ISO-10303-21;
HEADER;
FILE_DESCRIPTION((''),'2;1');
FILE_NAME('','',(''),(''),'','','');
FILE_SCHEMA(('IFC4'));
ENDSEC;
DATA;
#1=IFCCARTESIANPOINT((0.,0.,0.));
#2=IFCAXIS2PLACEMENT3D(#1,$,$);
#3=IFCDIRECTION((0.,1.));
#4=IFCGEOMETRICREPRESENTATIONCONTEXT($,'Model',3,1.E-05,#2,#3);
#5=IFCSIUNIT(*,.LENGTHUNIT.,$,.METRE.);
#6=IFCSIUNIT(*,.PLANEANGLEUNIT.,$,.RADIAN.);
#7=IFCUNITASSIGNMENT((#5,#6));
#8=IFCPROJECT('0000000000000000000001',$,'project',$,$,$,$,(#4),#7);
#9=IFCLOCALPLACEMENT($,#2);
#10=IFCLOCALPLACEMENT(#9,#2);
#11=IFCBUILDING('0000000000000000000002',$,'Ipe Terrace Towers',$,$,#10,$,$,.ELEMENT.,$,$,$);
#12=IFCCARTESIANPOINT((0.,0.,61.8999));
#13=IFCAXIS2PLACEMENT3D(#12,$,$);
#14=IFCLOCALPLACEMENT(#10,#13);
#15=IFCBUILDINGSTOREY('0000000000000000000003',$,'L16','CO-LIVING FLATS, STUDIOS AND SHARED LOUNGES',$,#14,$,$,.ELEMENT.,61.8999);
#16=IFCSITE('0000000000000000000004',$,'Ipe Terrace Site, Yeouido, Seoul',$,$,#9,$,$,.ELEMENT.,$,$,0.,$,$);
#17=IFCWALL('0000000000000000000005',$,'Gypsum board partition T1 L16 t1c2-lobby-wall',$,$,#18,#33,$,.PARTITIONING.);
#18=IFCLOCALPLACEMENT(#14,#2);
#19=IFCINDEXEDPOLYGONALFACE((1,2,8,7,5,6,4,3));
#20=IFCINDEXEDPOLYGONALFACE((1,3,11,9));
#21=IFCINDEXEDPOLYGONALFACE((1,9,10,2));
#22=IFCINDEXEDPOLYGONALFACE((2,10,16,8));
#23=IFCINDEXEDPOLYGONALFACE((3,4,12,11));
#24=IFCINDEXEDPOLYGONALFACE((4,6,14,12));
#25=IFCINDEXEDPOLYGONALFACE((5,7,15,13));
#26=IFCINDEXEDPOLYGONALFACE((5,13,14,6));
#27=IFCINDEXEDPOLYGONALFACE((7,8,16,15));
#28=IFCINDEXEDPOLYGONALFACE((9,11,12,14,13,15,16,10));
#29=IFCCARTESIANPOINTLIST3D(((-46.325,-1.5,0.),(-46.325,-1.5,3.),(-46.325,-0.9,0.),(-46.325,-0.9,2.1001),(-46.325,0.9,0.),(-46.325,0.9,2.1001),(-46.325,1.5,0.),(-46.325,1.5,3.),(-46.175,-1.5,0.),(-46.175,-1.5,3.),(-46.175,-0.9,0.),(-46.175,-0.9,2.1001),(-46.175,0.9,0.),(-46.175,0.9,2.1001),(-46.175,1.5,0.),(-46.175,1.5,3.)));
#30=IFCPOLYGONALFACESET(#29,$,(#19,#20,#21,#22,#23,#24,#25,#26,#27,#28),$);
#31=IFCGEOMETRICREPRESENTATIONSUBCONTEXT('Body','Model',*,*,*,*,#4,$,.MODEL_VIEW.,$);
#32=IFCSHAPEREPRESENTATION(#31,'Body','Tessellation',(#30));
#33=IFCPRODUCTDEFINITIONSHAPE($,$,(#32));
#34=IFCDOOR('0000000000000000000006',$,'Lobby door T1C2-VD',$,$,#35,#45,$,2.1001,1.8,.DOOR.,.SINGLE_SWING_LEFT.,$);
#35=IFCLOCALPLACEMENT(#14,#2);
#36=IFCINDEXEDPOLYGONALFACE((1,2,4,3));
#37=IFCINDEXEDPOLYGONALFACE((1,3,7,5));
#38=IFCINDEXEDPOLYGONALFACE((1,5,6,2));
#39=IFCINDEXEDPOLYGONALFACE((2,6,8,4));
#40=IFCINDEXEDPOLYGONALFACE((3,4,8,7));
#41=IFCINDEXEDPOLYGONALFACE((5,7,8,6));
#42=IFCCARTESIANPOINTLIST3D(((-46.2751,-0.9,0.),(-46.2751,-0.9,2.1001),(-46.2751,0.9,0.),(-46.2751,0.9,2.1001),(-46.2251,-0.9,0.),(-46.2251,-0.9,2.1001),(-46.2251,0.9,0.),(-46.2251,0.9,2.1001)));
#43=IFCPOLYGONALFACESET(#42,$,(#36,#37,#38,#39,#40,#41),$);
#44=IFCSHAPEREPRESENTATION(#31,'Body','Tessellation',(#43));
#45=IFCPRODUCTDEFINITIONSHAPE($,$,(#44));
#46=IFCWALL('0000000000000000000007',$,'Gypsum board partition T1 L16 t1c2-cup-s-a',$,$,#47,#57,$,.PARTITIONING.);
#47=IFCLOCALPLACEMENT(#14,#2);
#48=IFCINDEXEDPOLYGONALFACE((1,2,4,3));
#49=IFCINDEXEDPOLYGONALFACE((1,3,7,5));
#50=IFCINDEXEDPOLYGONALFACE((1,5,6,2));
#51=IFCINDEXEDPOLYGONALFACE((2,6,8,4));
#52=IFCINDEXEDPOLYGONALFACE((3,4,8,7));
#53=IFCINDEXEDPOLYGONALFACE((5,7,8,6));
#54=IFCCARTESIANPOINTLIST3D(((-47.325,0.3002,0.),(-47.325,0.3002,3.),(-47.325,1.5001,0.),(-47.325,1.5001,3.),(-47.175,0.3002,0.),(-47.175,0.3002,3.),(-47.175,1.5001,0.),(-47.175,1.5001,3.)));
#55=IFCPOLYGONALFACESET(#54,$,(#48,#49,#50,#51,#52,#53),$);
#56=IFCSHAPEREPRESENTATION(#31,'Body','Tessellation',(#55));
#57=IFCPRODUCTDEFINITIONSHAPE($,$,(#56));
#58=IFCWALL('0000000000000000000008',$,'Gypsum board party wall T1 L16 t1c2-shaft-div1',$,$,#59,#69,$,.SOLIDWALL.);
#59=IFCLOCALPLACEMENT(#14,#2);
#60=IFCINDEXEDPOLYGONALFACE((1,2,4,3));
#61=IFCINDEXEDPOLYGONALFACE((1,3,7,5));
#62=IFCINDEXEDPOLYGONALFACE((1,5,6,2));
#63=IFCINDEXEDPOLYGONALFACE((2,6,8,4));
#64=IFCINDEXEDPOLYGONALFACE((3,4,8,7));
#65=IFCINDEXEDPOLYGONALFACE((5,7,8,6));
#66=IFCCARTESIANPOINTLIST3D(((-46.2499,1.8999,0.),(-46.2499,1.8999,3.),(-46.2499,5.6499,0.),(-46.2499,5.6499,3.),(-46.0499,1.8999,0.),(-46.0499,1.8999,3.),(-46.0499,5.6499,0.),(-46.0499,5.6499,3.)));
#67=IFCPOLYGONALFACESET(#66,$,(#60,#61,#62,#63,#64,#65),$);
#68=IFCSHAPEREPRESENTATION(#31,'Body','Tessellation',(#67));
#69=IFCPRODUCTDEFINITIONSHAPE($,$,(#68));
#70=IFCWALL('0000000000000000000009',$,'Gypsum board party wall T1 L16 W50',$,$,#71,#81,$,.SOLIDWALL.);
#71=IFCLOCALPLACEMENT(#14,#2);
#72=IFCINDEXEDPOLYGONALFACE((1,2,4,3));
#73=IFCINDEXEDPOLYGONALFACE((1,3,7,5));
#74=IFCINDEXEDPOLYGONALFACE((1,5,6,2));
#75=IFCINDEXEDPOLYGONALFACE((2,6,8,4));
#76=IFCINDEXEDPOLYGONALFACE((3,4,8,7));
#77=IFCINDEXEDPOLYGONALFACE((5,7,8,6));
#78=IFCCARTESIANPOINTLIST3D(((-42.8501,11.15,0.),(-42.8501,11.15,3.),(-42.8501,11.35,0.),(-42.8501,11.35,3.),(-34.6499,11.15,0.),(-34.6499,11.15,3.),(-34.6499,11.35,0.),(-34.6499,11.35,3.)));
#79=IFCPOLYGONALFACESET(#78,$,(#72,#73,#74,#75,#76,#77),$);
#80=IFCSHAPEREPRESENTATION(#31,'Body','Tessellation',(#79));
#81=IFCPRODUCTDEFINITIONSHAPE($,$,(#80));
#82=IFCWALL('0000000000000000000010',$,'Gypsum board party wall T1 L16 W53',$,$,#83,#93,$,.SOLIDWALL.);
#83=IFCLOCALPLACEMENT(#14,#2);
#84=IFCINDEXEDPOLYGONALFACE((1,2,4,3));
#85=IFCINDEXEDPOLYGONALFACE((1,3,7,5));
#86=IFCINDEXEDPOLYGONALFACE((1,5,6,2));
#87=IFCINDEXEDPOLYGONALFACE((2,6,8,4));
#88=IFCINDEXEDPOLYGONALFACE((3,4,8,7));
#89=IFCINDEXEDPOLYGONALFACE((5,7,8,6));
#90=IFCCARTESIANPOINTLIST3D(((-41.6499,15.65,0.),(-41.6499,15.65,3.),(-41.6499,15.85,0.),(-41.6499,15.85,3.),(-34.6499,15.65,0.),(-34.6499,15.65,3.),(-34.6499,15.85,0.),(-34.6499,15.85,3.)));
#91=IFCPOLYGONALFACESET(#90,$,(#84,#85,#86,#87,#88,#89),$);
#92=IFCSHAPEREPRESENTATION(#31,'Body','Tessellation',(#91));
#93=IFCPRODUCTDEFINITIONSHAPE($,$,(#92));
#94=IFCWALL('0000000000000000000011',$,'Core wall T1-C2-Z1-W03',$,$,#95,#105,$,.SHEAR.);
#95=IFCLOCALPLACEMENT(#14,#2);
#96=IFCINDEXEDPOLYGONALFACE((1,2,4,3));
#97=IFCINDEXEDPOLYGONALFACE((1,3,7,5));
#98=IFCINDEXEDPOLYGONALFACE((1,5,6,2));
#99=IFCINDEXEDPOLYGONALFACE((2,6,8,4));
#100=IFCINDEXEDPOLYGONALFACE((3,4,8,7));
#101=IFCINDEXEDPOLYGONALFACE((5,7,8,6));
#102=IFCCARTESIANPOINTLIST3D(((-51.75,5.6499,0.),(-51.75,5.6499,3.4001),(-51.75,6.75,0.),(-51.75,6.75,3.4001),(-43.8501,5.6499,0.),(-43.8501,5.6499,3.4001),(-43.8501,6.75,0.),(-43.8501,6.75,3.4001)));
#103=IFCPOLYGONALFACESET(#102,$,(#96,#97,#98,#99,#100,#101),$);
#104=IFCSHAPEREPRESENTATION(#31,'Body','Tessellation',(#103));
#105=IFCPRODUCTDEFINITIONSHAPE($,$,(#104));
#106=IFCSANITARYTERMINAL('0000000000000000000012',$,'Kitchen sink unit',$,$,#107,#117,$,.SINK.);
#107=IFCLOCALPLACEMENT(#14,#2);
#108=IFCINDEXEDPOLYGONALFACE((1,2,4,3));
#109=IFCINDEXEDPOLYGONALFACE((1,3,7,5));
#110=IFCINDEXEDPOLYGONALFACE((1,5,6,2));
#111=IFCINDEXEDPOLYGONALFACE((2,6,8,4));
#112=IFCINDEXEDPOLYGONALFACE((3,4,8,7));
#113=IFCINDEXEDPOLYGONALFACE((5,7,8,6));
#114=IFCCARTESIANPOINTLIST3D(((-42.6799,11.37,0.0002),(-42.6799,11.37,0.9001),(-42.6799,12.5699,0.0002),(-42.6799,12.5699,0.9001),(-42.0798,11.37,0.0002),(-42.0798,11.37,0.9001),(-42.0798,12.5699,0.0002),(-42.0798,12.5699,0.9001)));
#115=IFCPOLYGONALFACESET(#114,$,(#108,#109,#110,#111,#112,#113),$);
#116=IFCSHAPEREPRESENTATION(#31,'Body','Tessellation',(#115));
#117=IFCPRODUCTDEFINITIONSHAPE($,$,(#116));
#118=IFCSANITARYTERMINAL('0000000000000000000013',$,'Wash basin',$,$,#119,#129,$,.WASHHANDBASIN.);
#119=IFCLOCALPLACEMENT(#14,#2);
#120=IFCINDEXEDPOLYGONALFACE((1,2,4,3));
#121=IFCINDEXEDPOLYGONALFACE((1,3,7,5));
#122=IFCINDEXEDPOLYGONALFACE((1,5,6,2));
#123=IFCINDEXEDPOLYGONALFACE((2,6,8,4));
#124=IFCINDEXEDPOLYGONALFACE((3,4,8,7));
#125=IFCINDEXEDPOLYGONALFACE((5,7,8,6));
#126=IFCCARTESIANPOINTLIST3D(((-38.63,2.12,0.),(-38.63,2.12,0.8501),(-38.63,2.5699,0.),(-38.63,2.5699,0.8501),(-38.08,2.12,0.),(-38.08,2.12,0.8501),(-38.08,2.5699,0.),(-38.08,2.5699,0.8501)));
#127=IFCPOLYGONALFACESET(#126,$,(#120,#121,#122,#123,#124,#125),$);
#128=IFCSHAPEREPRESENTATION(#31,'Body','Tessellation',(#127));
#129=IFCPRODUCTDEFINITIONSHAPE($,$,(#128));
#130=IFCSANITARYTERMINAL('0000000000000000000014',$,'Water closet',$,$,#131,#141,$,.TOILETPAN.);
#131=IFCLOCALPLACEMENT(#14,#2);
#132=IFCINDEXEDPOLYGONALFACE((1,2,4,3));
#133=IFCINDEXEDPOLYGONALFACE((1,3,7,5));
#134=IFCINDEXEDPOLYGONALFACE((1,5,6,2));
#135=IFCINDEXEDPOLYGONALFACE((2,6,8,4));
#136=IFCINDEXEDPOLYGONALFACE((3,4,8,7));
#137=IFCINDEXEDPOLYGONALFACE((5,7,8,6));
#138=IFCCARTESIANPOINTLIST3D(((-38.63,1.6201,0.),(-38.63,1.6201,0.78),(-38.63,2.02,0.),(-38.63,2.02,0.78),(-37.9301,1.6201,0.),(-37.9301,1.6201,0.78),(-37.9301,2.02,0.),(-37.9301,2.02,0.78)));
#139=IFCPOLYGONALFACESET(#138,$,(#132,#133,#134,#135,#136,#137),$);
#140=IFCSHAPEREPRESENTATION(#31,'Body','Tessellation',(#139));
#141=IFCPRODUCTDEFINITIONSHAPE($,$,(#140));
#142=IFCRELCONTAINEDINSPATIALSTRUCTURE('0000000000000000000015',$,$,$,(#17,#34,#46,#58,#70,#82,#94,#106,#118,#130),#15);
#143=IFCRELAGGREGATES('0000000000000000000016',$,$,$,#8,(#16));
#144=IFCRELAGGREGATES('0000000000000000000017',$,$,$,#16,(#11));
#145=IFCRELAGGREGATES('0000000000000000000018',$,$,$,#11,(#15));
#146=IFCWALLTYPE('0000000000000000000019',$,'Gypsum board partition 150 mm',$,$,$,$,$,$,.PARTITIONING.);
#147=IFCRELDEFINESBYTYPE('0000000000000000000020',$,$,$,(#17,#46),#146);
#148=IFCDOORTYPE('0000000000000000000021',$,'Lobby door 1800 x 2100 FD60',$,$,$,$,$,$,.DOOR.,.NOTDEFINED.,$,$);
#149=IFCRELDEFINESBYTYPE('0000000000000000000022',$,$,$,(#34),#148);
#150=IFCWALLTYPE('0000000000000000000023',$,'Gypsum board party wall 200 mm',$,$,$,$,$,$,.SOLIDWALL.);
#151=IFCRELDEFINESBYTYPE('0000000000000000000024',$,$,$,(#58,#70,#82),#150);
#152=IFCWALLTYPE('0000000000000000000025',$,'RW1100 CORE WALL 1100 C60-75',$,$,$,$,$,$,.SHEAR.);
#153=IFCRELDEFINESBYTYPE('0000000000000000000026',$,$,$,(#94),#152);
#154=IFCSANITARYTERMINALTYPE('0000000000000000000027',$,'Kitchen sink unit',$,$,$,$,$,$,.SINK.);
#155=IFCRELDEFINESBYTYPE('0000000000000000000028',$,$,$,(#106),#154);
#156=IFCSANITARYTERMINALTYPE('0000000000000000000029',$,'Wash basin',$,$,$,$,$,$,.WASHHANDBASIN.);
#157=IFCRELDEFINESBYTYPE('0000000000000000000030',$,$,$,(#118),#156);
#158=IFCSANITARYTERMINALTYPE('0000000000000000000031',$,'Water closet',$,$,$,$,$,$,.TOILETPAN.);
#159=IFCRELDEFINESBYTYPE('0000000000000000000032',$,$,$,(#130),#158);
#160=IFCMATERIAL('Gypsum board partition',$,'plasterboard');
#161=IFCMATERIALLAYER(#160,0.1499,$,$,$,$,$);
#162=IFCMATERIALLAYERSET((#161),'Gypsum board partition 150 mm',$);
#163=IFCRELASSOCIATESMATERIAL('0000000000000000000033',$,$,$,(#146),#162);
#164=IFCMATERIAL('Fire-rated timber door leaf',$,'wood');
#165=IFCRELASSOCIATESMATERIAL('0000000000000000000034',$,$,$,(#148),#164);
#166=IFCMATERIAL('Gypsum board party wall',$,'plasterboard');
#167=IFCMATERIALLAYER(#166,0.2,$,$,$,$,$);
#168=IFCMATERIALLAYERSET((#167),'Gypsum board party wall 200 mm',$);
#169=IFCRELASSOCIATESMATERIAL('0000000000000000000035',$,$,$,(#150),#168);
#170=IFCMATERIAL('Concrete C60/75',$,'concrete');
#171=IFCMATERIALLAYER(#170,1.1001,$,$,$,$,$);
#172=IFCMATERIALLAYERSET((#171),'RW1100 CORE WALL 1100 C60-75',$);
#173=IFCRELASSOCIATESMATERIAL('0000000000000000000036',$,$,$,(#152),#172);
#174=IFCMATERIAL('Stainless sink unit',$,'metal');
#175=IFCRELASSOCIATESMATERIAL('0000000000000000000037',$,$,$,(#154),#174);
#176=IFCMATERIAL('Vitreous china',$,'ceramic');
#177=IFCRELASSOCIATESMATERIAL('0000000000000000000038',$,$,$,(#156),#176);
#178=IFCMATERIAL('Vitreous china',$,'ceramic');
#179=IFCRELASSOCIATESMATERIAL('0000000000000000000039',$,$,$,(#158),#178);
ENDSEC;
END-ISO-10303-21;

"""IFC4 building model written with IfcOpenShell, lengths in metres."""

from ifc_helpers import new_model, si_unit, direction, frame, frame_2d, origin, origin_2d, place, context, subcontext, project, spatial, rectangle, extrude, material, layer, layer_set, type_object, element, fill, save


model = new_model("IFC4")

# Units and contexts
model_context = context("Model", 3, precision=1e-05, world=origin(), true_north=direction((0.0, 1.0)))
body_context = subcontext(model_context, "Body", "Model", "MODEL_VIEW")
ifc_project = project(units=[si_unit("LENGTHUNIT", "METRE"), si_unit("PLANEANGLEUNIT", "RADIAN")], contexts=[model_context])

# Site, building, storey
site_placement = place(None, origin())
site = spatial("IfcSite", under=ifc_project, at=site_placement, Name="Ipe Terrace Site, Yeouido, Seoul", CompositionType="ELEMENT", RefElevation=0.0)
building_placement = place(site_placement, origin())
building = spatial("IfcBuilding", under=site, at=building_placement, Name="Ipe Terrace Towers", CompositionType="ELEMENT")
storey_placement = place(building_placement, frame((0.0, 0.0, 61.8999)))
storey = spatial("IfcBuildingStorey", under=building, at=storey_placement, Name="L16", Description="CO-LIVING FLATS, STUDIOS AND SHARED LOUNGES", CompositionType="ELEMENT", Elevation=61.8999)

# Wall, opening, door
ifc_material_1 = material(Name="Gypsum board partition", Category="plasterboard")
ifc_layer_1 = layer(ifc_material_1, 0.1499)
ifc_layer_set_1 = layer_set([ifc_layer_1], Name="Gypsum board partition 150 mm")
wall_type_1 = type_object("IfcWallType", Name="Gypsum board partition 150 mm", PredefinedType="PARTITIONING", material=ifc_layer_set_1)
wall_1_placement = place(storey_placement, frame((-46.25, 1.5, 0.0), z_axis=(0.0, 0.0, 1.0), x_axis=(0.0, -1.0, 0.0)))
wall_1 = element("IfcWall", 1, at=wall_1_placement, inside=storey, type_object=wall_type_1, Name="Gypsum board partition T1 L16 t1c2-lobby-wall", PredefinedType="PARTITIONING", context=body_context, shape_type="SweptSolid", body=[
    extrude(rectangle(XDim=3.0, YDim=0.1499, at=frame_2d((1.5, 0.0))), origin(), (0.0, 0.0, 1.0), 3.0),
])
opening_1_placement = place(wall_1_placement, frame((0.6001, 0.0, 0.0)))
opening_1 = element("IfcOpeningElement", 2, at=opening_1_placement, cuts=wall_1, PredefinedType="OPENING", context=body_context, shape_type="SweptSolid", body=[
    extrude(rectangle(XDim=1.8, YDim=2.1001, at=frame_2d((0.8999, 1.05))), frame((0.0, 0.085, 0.0), z_axis=(0.0, -1.0, 0.0), x_axis=(1.0, 0.0, 0.0)), (0.0, 0.0, 1.0), 0.1699),
])
ifc_material_2 = material(Name="Fire-rated timber door leaf", Category="wood")
door_type_1 = type_object("IfcDoorType", Name="Lobby door 1800 x 2100 FD60", OperationType="NOTDEFINED", PredefinedType="DOOR", material=ifc_material_2)
door_1_placement = place(opening_1_placement, origin())
door_1 = element("IfcDoor", 3, at=door_1_placement, inside=storey, type_object=door_type_1, Name="Lobby door T1C2-VD", OperationType="SINGLE_SWING_LEFT", OverallHeight=2.1001, OverallWidth=1.8, PredefinedType="DOOR", context=body_context, shape_type="SweptSolid", body=[
    extrude(rectangle(XDim=1.8, YDim=2.1001, at=frame_2d((0.8999, 1.05))), frame((0.0, 0.0249, 0.0), z_axis=(0.0, -1.0, 0.0), x_axis=(1.0, 0.0, 0.0)), (0.0, 0.0, 1.0), 0.05),
])
fill(opening_1, door_1)

# Walls
wall_2_placement = place(storey_placement, frame((-47.25, 0.3, 0.0), z_axis=(0.0, 0.0, 1.0), x_axis=(0.0, 1.0, 0.0)))
element("IfcWall", 4, at=wall_2_placement, inside=storey, type_object=wall_type_1, Name="Gypsum board partition T1 L16 t1c2-cup-s-a", PredefinedType="PARTITIONING", context=body_context, shape_type="SweptSolid", body=[
    extrude(rectangle(XDim=1.2, YDim=0.1499, at=frame_2d((0.6001, 0.0))), origin(), (0.0, 0.0, 1.0), 3.0),
])
ifc_material_3 = material(Name="Gypsum board party wall", Category="plasterboard")
ifc_layer_2 = layer(ifc_material_3, 0.2)
ifc_layer_set_2 = layer_set([ifc_layer_2], Name="Gypsum board party wall 200 mm")
wall_type_2 = type_object("IfcWallType", Name="Gypsum board party wall 200 mm", PredefinedType="SOLIDWALL", material=ifc_layer_set_2)
wall_3_placement = place(storey_placement, frame((-46.1499, 5.6499, 0.0), z_axis=(0.0, 0.0, 1.0), x_axis=(0.0, -1.0, 0.0)))
element("IfcWall", 5, at=wall_3_placement, inside=storey, type_object=wall_type_2, Name="Gypsum board party wall T1 L16 t1c2-shaft-div1", PredefinedType="SOLIDWALL", context=body_context, shape_type="SweptSolid", body=[
    extrude(rectangle(XDim=3.75, YDim=0.2, at=frame_2d((1.875, 0.0))), origin(), (0.0, 0.0, 1.0), 3.0),
])
wall_4_placement = place(storey_placement, frame((-42.8501, 11.25, 0.0), z_axis=(0.0, 0.0, 1.0), x_axis=(1.0, 0.0, 0.0)))
element("IfcWall", 6, at=wall_4_placement, inside=storey, type_object=wall_type_2, Name="Gypsum board party wall T1 L16 W50", PredefinedType="SOLIDWALL", context=body_context, shape_type="SweptSolid", body=[
    extrude(rectangle(XDim=8.2002, YDim=0.2, at=frame_2d((4.1001, 0.0))), origin(), (0.0, 0.0, 1.0), 3.0),
])
wall_5_placement = place(storey_placement, frame((-41.6499, 15.75, 0.0), z_axis=(0.0, 0.0, 1.0), x_axis=(1.0, 0.0, 0.0)))
element("IfcWall", 7, at=wall_5_placement, inside=storey, type_object=wall_type_2, Name="Gypsum board party wall T1 L16 W53", PredefinedType="SOLIDWALL", context=body_context, shape_type="SweptSolid", body=[
    extrude(rectangle(XDim=7.0, YDim=0.2, at=frame_2d((3.5, 0.0))), origin(), (0.0, 0.0, 1.0), 3.0),
])
ifc_material_4 = material(Name="Concrete C60/75", Category="concrete")
ifc_layer_3 = layer(ifc_material_4, 1.1001)
ifc_layer_set_3 = layer_set([ifc_layer_3], Name="RW1100 CORE WALL 1100 C60-75")
wall_type_3 = type_object("IfcWallType", Name="RW1100 CORE WALL 1100 C60-75", PredefinedType="SHEAR", material=ifc_layer_set_3)
wall_6_placement = place(storey_placement, frame((-43.8501, 6.2, 0.0), z_axis=(0.0, 0.0, 1.0), x_axis=(-1.0, 0.0, 0.0)))
element("IfcWall", 8, at=wall_6_placement, inside=storey, type_object=wall_type_3, Name="Core wall T1-C2-Z1-W03", PredefinedType="SHEAR", context=body_context, shape_type="SweptSolid", body=[
    extrude(rectangle(XDim=7.8999, YDim=1.1001, at=frame_2d((3.95, 0.0))), origin(), (0.0, 0.0, 1.0), 3.4001),
])

# Sanitary terminals
ifc_material_5 = material(Name="Stainless sink unit", Category="metal")
sanitary_terminal_type_1 = type_object("IfcSanitaryTerminalType", Name="Kitchen sink unit", PredefinedType="SINK", material=ifc_material_5)
sanitary_terminal_1_placement = place(storey_placement, frame((-42.3799, 11.97, 0.0002), z_axis=(0.0, 0.0, 1.0), x_axis=(0.0, 1.0, 0.0)))
element("IfcSanitaryTerminal", 9, at=sanitary_terminal_1_placement, inside=storey, type_object=sanitary_terminal_type_1, Name="Kitchen sink unit", PredefinedType="SINK", context=body_context, shape_type="SweptSolid", body=[
    extrude(rectangle(XDim=1.2, YDim=0.6001, at=origin_2d()), origin(), (0.0, 0.0, 1.0), 0.8999),
])
ifc_material_6 = material(Name="Vitreous china", Category="ceramic")
sanitary_terminal_type_2 = type_object("IfcSanitaryTerminalType", Name="Wash basin", PredefinedType="WASHHANDBASIN", material=ifc_material_6)
sanitary_terminal_2_placement = place(storey_placement, frame((-38.355, 2.345, 0.0), z_axis=(0.0, 0.0, 1.0), x_axis=(1.0, 0.0, 0.0)))
element("IfcSanitaryTerminal", 10, at=sanitary_terminal_2_placement, inside=storey, type_object=sanitary_terminal_type_2, Name="Wash basin", PredefinedType="WASHHANDBASIN", context=body_context, shape_type="SweptSolid", body=[
    extrude(rectangle(XDim=0.55, YDim=0.45, at=origin_2d()), origin(), (0.0, 0.0, 1.0), 0.8501),
])
ifc_material_7 = material(Name="Vitreous china", Category="ceramic")
sanitary_terminal_type_3 = type_object("IfcSanitaryTerminalType", Name="Water closet", PredefinedType="TOILETPAN", material=ifc_material_7)
sanitary_terminal_3_placement = place(storey_placement, frame((-38.28, 1.8201, 0.0), z_axis=(0.0, 0.0, 1.0), x_axis=(1.0, 0.0, 0.0)))
element("IfcSanitaryTerminal", 11, at=sanitary_terminal_3_placement, inside=storey, type_object=sanitary_terminal_type_3, Name="Water closet", PredefinedType="TOILETPAN", context=body_context, shape_type="SweptSolid", body=[
    extrude(rectangle(XDim=0.7, YDim=0.3999, at=origin_2d()), origin(), (0.0, 0.0, 1.0), 0.78),
])

save(model, "model.ifc")
